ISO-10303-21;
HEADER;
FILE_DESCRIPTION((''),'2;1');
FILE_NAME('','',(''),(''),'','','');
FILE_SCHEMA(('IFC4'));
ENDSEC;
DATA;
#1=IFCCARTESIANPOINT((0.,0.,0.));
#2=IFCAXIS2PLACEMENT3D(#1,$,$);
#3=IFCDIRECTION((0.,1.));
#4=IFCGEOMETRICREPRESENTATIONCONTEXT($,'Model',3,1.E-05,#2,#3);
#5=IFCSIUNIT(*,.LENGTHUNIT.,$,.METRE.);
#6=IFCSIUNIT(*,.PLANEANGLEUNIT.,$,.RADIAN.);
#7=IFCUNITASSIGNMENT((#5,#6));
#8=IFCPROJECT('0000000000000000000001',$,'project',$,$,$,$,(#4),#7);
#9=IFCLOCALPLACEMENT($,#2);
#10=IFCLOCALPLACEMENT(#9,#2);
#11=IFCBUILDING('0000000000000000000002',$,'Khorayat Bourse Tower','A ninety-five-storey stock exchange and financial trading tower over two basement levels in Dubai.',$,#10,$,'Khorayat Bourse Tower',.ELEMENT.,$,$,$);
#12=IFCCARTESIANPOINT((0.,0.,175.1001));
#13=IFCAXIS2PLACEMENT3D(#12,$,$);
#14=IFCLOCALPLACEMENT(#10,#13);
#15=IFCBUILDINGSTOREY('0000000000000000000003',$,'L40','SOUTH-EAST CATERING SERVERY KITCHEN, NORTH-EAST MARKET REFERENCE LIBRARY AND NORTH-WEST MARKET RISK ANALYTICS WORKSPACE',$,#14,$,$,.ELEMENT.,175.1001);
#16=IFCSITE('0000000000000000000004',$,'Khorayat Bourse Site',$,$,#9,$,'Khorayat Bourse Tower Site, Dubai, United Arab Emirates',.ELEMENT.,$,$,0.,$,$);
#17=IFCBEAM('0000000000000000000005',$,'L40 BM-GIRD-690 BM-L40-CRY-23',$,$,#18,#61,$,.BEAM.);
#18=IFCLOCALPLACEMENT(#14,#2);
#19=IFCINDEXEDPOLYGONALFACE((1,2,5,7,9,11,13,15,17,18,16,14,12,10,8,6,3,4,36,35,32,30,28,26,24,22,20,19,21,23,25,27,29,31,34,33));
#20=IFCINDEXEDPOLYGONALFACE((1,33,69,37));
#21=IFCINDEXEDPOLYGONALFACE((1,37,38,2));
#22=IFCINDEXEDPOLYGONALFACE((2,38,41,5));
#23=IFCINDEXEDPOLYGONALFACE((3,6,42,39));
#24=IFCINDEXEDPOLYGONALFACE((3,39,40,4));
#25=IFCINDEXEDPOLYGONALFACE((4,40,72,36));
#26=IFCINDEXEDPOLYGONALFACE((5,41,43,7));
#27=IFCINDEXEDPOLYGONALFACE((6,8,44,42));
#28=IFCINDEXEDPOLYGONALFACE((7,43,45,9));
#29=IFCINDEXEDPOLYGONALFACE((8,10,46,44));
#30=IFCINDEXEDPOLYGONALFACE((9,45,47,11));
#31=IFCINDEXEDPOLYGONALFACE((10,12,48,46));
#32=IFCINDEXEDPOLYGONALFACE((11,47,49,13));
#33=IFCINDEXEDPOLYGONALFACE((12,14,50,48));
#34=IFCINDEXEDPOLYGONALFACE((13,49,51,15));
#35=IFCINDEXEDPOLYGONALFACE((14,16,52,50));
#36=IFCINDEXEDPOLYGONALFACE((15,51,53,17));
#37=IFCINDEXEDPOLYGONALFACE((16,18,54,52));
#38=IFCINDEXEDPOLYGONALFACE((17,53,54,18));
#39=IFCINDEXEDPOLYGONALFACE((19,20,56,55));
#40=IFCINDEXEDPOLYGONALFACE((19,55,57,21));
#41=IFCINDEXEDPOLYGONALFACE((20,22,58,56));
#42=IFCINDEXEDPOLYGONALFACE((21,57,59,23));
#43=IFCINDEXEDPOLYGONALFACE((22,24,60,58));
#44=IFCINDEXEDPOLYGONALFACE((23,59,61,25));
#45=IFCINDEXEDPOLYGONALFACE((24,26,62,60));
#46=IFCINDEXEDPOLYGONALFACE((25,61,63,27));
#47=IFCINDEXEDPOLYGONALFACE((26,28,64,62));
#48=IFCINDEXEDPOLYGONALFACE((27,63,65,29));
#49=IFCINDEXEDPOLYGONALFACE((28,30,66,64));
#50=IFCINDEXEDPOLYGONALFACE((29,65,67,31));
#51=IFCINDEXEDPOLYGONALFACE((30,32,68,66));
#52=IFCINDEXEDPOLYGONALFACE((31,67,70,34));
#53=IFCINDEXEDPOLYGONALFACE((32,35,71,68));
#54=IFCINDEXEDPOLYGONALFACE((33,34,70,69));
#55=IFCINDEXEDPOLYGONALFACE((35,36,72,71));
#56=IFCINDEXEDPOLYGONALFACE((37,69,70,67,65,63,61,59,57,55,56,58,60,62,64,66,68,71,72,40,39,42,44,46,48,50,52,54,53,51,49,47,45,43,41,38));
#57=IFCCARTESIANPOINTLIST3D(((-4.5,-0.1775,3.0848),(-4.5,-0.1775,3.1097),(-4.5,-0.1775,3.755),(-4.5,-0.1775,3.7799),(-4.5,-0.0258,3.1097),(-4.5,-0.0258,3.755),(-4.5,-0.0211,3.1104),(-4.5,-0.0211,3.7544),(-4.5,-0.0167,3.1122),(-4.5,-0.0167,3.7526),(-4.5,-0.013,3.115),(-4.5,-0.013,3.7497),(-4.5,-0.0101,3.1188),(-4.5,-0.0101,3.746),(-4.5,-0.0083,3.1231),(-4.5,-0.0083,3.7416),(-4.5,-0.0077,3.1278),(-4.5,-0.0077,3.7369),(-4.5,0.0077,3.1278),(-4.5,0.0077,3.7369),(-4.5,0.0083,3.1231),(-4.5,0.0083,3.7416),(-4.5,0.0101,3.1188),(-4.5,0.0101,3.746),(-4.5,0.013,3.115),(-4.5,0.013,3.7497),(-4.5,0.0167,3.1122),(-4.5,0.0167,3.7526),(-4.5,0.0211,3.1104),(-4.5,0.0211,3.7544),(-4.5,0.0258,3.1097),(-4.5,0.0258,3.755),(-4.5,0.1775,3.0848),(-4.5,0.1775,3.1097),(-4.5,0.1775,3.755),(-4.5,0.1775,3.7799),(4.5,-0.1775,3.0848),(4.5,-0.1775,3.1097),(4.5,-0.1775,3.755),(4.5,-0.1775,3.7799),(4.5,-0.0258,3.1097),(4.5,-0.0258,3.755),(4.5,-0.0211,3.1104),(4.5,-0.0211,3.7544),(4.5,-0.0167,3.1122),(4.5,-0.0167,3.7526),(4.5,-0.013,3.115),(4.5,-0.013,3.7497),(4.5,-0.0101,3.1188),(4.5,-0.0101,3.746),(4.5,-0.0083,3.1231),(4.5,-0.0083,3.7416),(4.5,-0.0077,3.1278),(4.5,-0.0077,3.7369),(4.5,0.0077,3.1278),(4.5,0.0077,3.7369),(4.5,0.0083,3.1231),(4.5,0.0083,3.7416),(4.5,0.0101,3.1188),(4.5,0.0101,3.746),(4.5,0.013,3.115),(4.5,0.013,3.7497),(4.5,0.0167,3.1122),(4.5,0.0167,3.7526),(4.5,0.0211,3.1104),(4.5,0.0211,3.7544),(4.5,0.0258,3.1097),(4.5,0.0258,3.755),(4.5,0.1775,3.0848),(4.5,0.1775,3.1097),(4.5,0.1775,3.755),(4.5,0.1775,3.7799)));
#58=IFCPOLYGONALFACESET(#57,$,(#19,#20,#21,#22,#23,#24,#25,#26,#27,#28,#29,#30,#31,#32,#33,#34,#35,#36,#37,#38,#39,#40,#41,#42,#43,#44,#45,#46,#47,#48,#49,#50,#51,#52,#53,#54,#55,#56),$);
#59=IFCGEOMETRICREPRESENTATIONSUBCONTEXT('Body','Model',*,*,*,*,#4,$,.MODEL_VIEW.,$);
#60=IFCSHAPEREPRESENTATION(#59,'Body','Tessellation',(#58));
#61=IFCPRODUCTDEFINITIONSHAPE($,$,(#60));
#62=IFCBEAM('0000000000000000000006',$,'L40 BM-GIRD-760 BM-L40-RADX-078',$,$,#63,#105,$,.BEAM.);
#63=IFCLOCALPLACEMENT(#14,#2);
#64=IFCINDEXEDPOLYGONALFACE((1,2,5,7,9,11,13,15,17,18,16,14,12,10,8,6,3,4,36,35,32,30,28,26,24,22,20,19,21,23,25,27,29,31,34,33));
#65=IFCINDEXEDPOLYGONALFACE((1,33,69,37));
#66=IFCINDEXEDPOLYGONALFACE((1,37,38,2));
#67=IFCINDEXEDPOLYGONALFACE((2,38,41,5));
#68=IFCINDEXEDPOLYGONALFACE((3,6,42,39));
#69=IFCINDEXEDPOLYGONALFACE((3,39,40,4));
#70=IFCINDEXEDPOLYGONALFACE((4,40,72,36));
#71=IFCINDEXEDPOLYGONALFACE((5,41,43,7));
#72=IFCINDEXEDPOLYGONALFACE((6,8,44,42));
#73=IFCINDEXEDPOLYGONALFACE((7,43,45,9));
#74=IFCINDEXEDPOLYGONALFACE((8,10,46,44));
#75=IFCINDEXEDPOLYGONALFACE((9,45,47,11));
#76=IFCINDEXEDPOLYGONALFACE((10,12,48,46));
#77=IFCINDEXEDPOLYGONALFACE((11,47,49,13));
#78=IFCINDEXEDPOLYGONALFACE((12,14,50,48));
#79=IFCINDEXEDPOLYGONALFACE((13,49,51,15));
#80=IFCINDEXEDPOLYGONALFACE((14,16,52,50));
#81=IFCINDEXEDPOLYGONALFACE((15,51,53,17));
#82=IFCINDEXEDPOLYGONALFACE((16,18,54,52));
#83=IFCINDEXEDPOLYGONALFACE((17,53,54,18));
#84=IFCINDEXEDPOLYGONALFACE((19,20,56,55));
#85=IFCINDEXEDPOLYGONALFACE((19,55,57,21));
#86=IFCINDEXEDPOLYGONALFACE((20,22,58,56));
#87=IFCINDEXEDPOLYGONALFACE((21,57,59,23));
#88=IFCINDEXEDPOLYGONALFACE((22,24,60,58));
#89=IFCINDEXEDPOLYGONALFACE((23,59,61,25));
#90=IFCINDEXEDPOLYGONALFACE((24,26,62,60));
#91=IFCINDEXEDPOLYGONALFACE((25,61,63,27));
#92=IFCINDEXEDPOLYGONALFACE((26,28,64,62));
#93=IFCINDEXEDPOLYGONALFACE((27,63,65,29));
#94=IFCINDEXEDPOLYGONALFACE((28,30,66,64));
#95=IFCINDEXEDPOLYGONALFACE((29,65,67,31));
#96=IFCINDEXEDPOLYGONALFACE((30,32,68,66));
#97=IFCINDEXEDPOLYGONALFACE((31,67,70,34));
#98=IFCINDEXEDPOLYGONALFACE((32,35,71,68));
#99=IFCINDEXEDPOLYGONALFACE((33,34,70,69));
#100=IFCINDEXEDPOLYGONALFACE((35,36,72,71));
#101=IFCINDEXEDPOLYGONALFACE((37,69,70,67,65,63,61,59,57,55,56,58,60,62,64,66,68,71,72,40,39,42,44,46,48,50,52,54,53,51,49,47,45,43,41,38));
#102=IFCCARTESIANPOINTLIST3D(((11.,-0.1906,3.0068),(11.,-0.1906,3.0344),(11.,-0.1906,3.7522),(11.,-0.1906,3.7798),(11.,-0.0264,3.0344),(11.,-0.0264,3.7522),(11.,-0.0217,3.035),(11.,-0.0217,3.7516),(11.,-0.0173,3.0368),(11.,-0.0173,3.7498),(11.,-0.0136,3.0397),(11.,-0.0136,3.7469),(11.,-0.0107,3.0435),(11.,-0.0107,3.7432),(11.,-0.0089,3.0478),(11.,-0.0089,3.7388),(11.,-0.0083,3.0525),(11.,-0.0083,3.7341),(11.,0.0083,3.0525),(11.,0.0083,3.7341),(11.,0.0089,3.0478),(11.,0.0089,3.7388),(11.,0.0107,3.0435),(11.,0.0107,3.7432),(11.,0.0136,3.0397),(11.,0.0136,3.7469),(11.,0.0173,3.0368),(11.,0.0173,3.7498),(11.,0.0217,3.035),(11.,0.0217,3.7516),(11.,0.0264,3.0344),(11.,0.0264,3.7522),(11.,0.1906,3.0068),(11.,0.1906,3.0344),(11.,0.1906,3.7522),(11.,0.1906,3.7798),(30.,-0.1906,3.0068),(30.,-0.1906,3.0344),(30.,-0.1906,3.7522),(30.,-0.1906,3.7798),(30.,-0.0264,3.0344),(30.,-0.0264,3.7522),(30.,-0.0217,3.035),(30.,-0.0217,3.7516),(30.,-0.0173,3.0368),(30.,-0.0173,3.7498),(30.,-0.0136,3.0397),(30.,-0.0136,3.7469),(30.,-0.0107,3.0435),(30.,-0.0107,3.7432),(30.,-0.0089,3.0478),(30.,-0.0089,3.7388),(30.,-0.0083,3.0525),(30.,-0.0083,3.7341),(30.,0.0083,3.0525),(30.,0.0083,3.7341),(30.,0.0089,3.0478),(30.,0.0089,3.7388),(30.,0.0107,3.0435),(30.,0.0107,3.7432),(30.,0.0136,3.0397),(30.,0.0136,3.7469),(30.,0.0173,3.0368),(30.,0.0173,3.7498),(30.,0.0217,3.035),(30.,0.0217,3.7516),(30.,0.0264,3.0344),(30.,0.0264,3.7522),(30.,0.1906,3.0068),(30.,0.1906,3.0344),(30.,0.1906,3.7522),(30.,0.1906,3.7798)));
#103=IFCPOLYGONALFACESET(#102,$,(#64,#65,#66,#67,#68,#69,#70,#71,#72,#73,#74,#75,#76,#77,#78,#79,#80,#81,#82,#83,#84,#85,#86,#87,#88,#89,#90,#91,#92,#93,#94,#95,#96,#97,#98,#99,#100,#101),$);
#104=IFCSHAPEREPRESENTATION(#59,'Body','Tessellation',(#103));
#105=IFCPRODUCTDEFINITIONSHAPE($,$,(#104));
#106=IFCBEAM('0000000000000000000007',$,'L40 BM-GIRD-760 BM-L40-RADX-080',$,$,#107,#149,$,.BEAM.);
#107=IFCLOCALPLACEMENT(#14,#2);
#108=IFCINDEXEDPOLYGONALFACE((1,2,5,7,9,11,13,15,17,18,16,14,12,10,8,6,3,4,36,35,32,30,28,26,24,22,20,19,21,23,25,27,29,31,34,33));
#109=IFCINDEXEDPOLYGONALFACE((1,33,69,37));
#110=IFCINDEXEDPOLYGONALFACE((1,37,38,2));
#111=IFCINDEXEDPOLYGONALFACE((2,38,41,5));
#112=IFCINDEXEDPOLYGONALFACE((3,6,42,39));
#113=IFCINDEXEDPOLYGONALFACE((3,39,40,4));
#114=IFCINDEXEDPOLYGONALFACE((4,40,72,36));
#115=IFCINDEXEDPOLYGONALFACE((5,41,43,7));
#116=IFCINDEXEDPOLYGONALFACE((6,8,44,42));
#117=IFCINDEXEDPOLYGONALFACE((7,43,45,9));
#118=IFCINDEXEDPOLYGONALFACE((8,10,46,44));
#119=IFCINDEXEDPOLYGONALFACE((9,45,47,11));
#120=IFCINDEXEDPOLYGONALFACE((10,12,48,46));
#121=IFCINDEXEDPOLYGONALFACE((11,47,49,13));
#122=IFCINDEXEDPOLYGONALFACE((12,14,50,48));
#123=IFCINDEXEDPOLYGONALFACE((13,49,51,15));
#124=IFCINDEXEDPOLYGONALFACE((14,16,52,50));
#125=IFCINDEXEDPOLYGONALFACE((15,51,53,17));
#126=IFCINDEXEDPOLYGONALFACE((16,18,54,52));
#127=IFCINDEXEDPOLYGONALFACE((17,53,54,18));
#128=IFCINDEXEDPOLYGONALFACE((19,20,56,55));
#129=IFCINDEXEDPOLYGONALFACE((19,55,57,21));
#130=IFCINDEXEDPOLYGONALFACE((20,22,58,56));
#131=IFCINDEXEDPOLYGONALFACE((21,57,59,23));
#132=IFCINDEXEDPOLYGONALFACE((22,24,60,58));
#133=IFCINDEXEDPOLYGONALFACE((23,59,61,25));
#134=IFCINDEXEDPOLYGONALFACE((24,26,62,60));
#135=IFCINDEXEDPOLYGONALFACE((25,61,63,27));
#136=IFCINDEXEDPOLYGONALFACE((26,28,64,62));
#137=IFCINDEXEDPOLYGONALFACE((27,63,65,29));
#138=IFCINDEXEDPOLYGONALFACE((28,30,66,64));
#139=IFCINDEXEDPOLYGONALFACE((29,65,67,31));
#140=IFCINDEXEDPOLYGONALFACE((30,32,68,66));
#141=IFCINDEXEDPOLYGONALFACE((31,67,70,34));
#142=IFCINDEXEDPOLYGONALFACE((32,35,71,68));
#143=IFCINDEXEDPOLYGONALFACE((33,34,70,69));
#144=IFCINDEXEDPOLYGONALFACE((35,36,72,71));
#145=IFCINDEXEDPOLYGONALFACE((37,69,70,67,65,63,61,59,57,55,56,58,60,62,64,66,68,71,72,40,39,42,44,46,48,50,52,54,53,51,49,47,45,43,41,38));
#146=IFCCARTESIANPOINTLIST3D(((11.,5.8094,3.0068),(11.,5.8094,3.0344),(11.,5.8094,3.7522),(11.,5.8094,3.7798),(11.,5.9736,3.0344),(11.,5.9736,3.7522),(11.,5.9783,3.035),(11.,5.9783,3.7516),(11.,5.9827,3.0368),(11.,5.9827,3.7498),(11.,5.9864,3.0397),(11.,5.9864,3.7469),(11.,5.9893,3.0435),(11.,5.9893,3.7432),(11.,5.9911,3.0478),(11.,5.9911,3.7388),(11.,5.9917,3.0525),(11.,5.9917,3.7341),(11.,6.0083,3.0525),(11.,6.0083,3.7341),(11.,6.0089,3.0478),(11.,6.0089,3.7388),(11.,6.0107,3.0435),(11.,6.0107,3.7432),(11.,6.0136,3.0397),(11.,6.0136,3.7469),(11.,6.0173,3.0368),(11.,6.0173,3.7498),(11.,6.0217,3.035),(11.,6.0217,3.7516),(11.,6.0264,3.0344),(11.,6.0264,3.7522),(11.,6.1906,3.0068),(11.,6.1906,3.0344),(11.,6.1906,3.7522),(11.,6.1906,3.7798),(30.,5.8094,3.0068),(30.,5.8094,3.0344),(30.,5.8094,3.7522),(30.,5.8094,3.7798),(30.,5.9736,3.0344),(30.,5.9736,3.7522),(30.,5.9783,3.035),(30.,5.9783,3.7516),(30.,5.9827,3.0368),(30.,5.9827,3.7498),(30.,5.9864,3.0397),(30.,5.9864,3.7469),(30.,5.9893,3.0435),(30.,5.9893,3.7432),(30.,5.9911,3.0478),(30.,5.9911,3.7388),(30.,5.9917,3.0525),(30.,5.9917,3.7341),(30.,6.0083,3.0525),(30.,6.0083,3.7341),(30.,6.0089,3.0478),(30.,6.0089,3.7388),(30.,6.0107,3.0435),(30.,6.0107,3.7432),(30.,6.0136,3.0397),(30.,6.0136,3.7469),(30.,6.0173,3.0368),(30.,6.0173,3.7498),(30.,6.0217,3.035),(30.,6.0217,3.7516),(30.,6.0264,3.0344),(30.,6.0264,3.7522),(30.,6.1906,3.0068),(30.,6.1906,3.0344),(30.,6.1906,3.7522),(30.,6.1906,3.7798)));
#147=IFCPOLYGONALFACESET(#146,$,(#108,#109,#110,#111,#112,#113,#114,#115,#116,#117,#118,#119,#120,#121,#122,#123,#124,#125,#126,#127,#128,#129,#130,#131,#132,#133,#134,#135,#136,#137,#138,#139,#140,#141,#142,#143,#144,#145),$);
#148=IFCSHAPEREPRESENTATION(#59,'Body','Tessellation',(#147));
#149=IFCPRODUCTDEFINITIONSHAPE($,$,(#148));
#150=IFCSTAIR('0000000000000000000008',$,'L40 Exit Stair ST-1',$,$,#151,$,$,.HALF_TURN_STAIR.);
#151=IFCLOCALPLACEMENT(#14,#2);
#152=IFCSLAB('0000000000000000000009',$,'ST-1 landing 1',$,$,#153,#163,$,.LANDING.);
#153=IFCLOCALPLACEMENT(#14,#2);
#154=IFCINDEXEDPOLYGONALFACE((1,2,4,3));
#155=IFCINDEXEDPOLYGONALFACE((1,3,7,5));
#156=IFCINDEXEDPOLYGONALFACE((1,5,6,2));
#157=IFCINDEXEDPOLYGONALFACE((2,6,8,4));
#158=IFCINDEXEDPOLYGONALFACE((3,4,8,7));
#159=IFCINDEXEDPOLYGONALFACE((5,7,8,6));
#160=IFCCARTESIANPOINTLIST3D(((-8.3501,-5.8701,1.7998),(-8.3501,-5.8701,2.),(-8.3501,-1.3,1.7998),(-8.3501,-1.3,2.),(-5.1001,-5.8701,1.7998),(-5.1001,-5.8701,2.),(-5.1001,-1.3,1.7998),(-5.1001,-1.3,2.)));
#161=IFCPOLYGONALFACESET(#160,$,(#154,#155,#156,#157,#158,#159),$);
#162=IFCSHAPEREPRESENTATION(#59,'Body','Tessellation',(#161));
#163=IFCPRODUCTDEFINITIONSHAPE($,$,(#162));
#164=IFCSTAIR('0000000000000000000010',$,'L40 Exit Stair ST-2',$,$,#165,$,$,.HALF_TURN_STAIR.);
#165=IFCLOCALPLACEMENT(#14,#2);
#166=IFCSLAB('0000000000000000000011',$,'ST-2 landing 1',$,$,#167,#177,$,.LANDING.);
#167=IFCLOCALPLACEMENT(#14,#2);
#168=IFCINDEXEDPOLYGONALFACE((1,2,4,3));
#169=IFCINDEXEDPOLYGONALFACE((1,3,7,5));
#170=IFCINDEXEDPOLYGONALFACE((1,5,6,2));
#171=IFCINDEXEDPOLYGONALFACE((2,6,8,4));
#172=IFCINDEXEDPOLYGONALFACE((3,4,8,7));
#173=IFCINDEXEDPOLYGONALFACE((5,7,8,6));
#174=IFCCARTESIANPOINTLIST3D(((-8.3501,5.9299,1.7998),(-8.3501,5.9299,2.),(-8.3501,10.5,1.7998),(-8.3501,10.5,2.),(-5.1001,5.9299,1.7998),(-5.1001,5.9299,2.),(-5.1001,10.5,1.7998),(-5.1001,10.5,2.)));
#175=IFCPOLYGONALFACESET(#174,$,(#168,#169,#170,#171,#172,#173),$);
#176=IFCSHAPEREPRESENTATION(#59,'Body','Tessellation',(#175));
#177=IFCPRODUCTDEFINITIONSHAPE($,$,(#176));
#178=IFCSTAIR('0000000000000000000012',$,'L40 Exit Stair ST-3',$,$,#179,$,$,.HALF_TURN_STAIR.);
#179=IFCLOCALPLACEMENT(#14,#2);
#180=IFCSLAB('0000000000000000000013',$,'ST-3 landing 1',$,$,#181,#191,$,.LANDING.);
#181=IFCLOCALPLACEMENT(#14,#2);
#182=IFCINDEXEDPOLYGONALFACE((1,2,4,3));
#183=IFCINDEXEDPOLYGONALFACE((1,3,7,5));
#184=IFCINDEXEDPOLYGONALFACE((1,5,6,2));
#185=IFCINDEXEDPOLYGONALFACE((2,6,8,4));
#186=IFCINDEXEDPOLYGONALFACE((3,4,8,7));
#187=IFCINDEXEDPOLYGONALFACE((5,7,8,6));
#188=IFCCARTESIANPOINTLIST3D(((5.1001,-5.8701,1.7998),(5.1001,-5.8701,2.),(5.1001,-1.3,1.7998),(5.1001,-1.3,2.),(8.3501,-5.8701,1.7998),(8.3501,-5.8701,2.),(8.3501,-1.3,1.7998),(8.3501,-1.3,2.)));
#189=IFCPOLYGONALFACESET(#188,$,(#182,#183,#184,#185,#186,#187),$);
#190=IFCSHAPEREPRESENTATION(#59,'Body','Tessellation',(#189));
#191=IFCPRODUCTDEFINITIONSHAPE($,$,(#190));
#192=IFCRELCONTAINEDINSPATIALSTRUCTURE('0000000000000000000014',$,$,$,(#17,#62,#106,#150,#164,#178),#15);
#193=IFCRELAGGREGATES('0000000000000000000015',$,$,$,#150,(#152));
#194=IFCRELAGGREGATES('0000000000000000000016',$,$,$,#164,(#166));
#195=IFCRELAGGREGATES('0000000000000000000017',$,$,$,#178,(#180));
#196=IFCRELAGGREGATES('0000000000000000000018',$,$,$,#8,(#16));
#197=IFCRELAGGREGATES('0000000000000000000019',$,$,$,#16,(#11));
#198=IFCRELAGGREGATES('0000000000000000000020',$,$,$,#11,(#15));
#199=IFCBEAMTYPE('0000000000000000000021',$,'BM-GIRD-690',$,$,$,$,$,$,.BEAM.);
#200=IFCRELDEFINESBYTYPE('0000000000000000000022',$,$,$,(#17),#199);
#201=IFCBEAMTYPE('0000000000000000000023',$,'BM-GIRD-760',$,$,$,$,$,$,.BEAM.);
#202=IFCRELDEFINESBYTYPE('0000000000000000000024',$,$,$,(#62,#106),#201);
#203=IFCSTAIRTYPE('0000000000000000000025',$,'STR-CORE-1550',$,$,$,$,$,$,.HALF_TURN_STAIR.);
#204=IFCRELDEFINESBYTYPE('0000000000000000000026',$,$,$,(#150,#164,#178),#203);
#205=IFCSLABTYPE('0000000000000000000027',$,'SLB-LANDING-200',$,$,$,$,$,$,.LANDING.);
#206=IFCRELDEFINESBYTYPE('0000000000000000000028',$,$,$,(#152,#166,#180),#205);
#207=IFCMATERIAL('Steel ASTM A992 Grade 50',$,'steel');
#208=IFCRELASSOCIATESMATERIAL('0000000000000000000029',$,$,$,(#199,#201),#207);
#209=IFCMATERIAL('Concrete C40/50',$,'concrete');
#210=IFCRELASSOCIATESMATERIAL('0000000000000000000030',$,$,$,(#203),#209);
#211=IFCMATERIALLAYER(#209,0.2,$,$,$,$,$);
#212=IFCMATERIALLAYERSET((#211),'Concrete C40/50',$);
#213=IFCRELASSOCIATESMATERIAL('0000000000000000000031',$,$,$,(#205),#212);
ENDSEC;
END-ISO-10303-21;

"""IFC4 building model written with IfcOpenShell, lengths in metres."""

from ifc_helpers import new_model, si_unit, direction, frame, origin, origin_2d, place, context, subcontext, project, spatial, polyline, i_section, outline, extrude, source, transform, mapped, material, layer, layer_set, material_profile, profile_set, type_object, element, aggregate, save


model = new_model("IFC4")

# Units and contexts
model_context = context("Model", 3, precision=1e-05, world=origin(), true_north=direction((0.0, 1.0)))
body_context = subcontext(model_context, "Body", "Model", "MODEL_VIEW")
ifc_project = project(units=[si_unit("LENGTHUNIT", "METRE"), si_unit("PLANEANGLEUNIT", "RADIAN")], contexts=[model_context])

# Site, building, storey
site_placement = place(None, origin())
site = spatial("IfcSite", under=ifc_project, at=site_placement, Name="Khorayat Bourse Site", LongName="Khorayat Bourse Tower Site, Dubai, United Arab Emirates", CompositionType="ELEMENT", RefElevation=0.0)
building_placement = place(site_placement, origin())
building = spatial("IfcBuilding", under=site, at=building_placement, Name="Khorayat Bourse Tower", Description="A ninety-five-storey stock exchange and financial trading tower over two basement levels in Dubai.", LongName="Khorayat Bourse Tower", CompositionType="ELEMENT")
storey_placement = place(building_placement, frame((0.0, 0.0, 175.1001)))
storey = spatial("IfcBuildingStorey", under=building, at=storey_placement, Name="L40", Description="SOUTH-EAST CATERING SERVERY KITCHEN, NORTH-EAST MARKET REFERENCE LIBRARY AND NORTH-WEST MARKET RISK ANALYTICS WORKSPACE", CompositionType="ELEMENT", Elevation=175.1001)

# Beams
ifc_material_1 = material(Name="Steel ASTM A992 Grade 50", Category="steel")
ifc_material_profile_1 = material_profile(ifc_material_1, i_section(OverallWidth=0.355, OverallDepth=0.6951, WebThickness=0.0154, FlangeThickness=0.0249, FilletRadius=0.0181, at=origin_2d()), Name="W690X217")
ifc_profile_set_1 = profile_set([ifc_material_profile_1], Name="Steel ASTM A992 Grade 50")
beam_type_1 = type_object("IfcBeamType", Name="BM-GIRD-690", PredefinedType="BEAM", material=ifc_profile_set_1)
shared_shape_1 = source(origin(), body_context, "Body", "SweptSolid", [
    extrude(i_section(OverallWidth=0.355, OverallDepth=0.6951, WebThickness=0.0154, FlangeThickness=0.0249, FilletRadius=0.0181, at=origin_2d()), origin(), (0.0, 0.0, 1.0), 9.0),
])
beam_1_placement = place(storey_placement, frame((-4.5, 0.0, 3.4324), z_axis=(1.0, 0.0, 0.0), x_axis=(0.0, 1.0, 0.0)))
element("IfcBeam", 1, at=beam_1_placement, inside=storey, type_object=beam_type_1, Name="L40 BM-GIRD-690 BM-L40-CRY-23", PredefinedType="BEAM", context=body_context, shape_type="MappedRepresentation", body=[
    mapped(shared_shape_1, transform((0.0, 0.0, 0.0), scale=1.0)),
])
ifc_material_profile_2 = material_profile(ifc_material_1, i_section(OverallWidth=0.3811, OverallDepth=0.7729, WebThickness=0.0166, FlangeThickness=0.0276, FilletRadius=0.0181, at=origin_2d()), Name="W760X257")
ifc_profile_set_2 = profile_set([ifc_material_profile_2], Name="Steel ASTM A992 Grade 50")
beam_type_2 = type_object("IfcBeamType", Name="BM-GIRD-760", PredefinedType="BEAM", material=ifc_profile_set_2)
shared_shape_2 = source(origin(), body_context, "Body", "SweptSolid", [
    extrude(i_section(OverallWidth=0.3811, OverallDepth=0.7729, WebThickness=0.0166, FlangeThickness=0.0276, FilletRadius=0.0181, at=origin_2d()), origin(), (0.0, 0.0, 1.0), 19.0),
])
for number, where, z_axis, x_axis, name in (
    (2, (11.0, 0.0, 3.3933), (1.0, 0.0, 0.0), (0.0, 1.0, 0.0), "L40 BM-GIRD-760 BM-L40-RADX-078"),
    (3, (11.0, 6.0, 3.3933), (1.0, 0.0, 0.0), (0.0, 1.0, 0.0), "L40 BM-GIRD-760 BM-L40-RADX-080"),
):
    element("IfcBeam", number, at=place(storey_placement, frame(where, z_axis=z_axis, x_axis=x_axis)), inside=storey, type_object=beam_type_2, Name=name, PredefinedType="BEAM", context=body_context, shape_type="MappedRepresentation", body=[
        mapped(shared_shape_2, transform((0.0, 0.0, 0.0), scale=1.0)),
    ])

# Stairs, slabs
ifc_material_2 = material(Name="Concrete C40/50", Category="concrete")
stair_type = type_object("IfcStairType", Name="STR-CORE-1550", PredefinedType="HALF_TURN_STAIR", material=ifc_material_2)
stair_1_placement = place(storey_placement, origin())
stair_1 = element("IfcStair", 4, at=stair_1_placement, inside=storey, type_object=stair_type, Name="L40 Exit Stair ST-1", PredefinedType="HALF_TURN_STAIR")
ifc_layer_1 = layer(ifc_material_2, 0.2)
ifc_layer_set_1 = layer_set([ifc_layer_1], Name="Concrete C40/50")
slab_type_1 = type_object("IfcSlabType", Name="SLB-LANDING-200", PredefinedType="LANDING", material=ifc_layer_set_1)
slab_1_placement = place(storey_placement, frame((0.0, 0.0, 1.7998)))
slab_1 = element("IfcSlab", 5, at=slab_1_placement, type_object=slab_type_1, Name="ST-1 landing 1", PredefinedType="LANDING", context=body_context, shape_type="SweptSolid", body=[
    extrude(outline(polyline([(-5.1001, -5.8701), (-5.1001, -1.3), (-8.3501, -1.3), (-8.3501, -5.8701), (-5.1001, -5.8701)])), origin(), (0.0, 0.0, 1.0), 0.2002),
])
aggregate(stair_1, [slab_1])
stair_2_placement = place(storey_placement, origin())
stair_2 = element("IfcStair", 6, at=stair_2_placement, inside=storey, type_object=stair_type, Name="L40 Exit Stair ST-2", PredefinedType="HALF_TURN_STAIR")
slab_2_placement = place(storey_placement, frame((0.0, 0.0, 1.7998)))
slab_2 = element("IfcSlab", 7, at=slab_2_placement, type_object=slab_type_1, Name="ST-2 landing 1", PredefinedType="LANDING", context=body_context, shape_type="SweptSolid", body=[
    extrude(outline(polyline([(-5.1001, 5.9299), (-5.1001, 10.5), (-8.3501, 10.5), (-8.3501, 5.9299), (-5.1001, 5.9299)])), origin(), (0.0, 0.0, 1.0), 0.2002),
])
aggregate(stair_2, [slab_2])
stair_3_placement = place(storey_placement, origin())
stair_3 = element("IfcStair", 8, at=stair_3_placement, inside=storey, type_object=stair_type, Name="L40 Exit Stair ST-3", PredefinedType="HALF_TURN_STAIR")
slab_3_placement = place(storey_placement, frame((0.0, 0.0, 1.7998)))
slab_3 = element("IfcSlab", 9, at=slab_3_placement, type_object=slab_type_1, Name="ST-3 landing 1", PredefinedType="LANDING", context=body_context, shape_type="SweptSolid", body=[
    extrude(outline(polyline([(8.3501, -5.8701), (8.3501, -1.3), (5.1001, -1.3), (5.1001, -5.8701), (8.3501, -5.8701)])), origin(), (0.0, 0.0, 1.0), 0.2002),
])
aggregate(stair_3, [slab_3])

save(model, "model.ifc")
